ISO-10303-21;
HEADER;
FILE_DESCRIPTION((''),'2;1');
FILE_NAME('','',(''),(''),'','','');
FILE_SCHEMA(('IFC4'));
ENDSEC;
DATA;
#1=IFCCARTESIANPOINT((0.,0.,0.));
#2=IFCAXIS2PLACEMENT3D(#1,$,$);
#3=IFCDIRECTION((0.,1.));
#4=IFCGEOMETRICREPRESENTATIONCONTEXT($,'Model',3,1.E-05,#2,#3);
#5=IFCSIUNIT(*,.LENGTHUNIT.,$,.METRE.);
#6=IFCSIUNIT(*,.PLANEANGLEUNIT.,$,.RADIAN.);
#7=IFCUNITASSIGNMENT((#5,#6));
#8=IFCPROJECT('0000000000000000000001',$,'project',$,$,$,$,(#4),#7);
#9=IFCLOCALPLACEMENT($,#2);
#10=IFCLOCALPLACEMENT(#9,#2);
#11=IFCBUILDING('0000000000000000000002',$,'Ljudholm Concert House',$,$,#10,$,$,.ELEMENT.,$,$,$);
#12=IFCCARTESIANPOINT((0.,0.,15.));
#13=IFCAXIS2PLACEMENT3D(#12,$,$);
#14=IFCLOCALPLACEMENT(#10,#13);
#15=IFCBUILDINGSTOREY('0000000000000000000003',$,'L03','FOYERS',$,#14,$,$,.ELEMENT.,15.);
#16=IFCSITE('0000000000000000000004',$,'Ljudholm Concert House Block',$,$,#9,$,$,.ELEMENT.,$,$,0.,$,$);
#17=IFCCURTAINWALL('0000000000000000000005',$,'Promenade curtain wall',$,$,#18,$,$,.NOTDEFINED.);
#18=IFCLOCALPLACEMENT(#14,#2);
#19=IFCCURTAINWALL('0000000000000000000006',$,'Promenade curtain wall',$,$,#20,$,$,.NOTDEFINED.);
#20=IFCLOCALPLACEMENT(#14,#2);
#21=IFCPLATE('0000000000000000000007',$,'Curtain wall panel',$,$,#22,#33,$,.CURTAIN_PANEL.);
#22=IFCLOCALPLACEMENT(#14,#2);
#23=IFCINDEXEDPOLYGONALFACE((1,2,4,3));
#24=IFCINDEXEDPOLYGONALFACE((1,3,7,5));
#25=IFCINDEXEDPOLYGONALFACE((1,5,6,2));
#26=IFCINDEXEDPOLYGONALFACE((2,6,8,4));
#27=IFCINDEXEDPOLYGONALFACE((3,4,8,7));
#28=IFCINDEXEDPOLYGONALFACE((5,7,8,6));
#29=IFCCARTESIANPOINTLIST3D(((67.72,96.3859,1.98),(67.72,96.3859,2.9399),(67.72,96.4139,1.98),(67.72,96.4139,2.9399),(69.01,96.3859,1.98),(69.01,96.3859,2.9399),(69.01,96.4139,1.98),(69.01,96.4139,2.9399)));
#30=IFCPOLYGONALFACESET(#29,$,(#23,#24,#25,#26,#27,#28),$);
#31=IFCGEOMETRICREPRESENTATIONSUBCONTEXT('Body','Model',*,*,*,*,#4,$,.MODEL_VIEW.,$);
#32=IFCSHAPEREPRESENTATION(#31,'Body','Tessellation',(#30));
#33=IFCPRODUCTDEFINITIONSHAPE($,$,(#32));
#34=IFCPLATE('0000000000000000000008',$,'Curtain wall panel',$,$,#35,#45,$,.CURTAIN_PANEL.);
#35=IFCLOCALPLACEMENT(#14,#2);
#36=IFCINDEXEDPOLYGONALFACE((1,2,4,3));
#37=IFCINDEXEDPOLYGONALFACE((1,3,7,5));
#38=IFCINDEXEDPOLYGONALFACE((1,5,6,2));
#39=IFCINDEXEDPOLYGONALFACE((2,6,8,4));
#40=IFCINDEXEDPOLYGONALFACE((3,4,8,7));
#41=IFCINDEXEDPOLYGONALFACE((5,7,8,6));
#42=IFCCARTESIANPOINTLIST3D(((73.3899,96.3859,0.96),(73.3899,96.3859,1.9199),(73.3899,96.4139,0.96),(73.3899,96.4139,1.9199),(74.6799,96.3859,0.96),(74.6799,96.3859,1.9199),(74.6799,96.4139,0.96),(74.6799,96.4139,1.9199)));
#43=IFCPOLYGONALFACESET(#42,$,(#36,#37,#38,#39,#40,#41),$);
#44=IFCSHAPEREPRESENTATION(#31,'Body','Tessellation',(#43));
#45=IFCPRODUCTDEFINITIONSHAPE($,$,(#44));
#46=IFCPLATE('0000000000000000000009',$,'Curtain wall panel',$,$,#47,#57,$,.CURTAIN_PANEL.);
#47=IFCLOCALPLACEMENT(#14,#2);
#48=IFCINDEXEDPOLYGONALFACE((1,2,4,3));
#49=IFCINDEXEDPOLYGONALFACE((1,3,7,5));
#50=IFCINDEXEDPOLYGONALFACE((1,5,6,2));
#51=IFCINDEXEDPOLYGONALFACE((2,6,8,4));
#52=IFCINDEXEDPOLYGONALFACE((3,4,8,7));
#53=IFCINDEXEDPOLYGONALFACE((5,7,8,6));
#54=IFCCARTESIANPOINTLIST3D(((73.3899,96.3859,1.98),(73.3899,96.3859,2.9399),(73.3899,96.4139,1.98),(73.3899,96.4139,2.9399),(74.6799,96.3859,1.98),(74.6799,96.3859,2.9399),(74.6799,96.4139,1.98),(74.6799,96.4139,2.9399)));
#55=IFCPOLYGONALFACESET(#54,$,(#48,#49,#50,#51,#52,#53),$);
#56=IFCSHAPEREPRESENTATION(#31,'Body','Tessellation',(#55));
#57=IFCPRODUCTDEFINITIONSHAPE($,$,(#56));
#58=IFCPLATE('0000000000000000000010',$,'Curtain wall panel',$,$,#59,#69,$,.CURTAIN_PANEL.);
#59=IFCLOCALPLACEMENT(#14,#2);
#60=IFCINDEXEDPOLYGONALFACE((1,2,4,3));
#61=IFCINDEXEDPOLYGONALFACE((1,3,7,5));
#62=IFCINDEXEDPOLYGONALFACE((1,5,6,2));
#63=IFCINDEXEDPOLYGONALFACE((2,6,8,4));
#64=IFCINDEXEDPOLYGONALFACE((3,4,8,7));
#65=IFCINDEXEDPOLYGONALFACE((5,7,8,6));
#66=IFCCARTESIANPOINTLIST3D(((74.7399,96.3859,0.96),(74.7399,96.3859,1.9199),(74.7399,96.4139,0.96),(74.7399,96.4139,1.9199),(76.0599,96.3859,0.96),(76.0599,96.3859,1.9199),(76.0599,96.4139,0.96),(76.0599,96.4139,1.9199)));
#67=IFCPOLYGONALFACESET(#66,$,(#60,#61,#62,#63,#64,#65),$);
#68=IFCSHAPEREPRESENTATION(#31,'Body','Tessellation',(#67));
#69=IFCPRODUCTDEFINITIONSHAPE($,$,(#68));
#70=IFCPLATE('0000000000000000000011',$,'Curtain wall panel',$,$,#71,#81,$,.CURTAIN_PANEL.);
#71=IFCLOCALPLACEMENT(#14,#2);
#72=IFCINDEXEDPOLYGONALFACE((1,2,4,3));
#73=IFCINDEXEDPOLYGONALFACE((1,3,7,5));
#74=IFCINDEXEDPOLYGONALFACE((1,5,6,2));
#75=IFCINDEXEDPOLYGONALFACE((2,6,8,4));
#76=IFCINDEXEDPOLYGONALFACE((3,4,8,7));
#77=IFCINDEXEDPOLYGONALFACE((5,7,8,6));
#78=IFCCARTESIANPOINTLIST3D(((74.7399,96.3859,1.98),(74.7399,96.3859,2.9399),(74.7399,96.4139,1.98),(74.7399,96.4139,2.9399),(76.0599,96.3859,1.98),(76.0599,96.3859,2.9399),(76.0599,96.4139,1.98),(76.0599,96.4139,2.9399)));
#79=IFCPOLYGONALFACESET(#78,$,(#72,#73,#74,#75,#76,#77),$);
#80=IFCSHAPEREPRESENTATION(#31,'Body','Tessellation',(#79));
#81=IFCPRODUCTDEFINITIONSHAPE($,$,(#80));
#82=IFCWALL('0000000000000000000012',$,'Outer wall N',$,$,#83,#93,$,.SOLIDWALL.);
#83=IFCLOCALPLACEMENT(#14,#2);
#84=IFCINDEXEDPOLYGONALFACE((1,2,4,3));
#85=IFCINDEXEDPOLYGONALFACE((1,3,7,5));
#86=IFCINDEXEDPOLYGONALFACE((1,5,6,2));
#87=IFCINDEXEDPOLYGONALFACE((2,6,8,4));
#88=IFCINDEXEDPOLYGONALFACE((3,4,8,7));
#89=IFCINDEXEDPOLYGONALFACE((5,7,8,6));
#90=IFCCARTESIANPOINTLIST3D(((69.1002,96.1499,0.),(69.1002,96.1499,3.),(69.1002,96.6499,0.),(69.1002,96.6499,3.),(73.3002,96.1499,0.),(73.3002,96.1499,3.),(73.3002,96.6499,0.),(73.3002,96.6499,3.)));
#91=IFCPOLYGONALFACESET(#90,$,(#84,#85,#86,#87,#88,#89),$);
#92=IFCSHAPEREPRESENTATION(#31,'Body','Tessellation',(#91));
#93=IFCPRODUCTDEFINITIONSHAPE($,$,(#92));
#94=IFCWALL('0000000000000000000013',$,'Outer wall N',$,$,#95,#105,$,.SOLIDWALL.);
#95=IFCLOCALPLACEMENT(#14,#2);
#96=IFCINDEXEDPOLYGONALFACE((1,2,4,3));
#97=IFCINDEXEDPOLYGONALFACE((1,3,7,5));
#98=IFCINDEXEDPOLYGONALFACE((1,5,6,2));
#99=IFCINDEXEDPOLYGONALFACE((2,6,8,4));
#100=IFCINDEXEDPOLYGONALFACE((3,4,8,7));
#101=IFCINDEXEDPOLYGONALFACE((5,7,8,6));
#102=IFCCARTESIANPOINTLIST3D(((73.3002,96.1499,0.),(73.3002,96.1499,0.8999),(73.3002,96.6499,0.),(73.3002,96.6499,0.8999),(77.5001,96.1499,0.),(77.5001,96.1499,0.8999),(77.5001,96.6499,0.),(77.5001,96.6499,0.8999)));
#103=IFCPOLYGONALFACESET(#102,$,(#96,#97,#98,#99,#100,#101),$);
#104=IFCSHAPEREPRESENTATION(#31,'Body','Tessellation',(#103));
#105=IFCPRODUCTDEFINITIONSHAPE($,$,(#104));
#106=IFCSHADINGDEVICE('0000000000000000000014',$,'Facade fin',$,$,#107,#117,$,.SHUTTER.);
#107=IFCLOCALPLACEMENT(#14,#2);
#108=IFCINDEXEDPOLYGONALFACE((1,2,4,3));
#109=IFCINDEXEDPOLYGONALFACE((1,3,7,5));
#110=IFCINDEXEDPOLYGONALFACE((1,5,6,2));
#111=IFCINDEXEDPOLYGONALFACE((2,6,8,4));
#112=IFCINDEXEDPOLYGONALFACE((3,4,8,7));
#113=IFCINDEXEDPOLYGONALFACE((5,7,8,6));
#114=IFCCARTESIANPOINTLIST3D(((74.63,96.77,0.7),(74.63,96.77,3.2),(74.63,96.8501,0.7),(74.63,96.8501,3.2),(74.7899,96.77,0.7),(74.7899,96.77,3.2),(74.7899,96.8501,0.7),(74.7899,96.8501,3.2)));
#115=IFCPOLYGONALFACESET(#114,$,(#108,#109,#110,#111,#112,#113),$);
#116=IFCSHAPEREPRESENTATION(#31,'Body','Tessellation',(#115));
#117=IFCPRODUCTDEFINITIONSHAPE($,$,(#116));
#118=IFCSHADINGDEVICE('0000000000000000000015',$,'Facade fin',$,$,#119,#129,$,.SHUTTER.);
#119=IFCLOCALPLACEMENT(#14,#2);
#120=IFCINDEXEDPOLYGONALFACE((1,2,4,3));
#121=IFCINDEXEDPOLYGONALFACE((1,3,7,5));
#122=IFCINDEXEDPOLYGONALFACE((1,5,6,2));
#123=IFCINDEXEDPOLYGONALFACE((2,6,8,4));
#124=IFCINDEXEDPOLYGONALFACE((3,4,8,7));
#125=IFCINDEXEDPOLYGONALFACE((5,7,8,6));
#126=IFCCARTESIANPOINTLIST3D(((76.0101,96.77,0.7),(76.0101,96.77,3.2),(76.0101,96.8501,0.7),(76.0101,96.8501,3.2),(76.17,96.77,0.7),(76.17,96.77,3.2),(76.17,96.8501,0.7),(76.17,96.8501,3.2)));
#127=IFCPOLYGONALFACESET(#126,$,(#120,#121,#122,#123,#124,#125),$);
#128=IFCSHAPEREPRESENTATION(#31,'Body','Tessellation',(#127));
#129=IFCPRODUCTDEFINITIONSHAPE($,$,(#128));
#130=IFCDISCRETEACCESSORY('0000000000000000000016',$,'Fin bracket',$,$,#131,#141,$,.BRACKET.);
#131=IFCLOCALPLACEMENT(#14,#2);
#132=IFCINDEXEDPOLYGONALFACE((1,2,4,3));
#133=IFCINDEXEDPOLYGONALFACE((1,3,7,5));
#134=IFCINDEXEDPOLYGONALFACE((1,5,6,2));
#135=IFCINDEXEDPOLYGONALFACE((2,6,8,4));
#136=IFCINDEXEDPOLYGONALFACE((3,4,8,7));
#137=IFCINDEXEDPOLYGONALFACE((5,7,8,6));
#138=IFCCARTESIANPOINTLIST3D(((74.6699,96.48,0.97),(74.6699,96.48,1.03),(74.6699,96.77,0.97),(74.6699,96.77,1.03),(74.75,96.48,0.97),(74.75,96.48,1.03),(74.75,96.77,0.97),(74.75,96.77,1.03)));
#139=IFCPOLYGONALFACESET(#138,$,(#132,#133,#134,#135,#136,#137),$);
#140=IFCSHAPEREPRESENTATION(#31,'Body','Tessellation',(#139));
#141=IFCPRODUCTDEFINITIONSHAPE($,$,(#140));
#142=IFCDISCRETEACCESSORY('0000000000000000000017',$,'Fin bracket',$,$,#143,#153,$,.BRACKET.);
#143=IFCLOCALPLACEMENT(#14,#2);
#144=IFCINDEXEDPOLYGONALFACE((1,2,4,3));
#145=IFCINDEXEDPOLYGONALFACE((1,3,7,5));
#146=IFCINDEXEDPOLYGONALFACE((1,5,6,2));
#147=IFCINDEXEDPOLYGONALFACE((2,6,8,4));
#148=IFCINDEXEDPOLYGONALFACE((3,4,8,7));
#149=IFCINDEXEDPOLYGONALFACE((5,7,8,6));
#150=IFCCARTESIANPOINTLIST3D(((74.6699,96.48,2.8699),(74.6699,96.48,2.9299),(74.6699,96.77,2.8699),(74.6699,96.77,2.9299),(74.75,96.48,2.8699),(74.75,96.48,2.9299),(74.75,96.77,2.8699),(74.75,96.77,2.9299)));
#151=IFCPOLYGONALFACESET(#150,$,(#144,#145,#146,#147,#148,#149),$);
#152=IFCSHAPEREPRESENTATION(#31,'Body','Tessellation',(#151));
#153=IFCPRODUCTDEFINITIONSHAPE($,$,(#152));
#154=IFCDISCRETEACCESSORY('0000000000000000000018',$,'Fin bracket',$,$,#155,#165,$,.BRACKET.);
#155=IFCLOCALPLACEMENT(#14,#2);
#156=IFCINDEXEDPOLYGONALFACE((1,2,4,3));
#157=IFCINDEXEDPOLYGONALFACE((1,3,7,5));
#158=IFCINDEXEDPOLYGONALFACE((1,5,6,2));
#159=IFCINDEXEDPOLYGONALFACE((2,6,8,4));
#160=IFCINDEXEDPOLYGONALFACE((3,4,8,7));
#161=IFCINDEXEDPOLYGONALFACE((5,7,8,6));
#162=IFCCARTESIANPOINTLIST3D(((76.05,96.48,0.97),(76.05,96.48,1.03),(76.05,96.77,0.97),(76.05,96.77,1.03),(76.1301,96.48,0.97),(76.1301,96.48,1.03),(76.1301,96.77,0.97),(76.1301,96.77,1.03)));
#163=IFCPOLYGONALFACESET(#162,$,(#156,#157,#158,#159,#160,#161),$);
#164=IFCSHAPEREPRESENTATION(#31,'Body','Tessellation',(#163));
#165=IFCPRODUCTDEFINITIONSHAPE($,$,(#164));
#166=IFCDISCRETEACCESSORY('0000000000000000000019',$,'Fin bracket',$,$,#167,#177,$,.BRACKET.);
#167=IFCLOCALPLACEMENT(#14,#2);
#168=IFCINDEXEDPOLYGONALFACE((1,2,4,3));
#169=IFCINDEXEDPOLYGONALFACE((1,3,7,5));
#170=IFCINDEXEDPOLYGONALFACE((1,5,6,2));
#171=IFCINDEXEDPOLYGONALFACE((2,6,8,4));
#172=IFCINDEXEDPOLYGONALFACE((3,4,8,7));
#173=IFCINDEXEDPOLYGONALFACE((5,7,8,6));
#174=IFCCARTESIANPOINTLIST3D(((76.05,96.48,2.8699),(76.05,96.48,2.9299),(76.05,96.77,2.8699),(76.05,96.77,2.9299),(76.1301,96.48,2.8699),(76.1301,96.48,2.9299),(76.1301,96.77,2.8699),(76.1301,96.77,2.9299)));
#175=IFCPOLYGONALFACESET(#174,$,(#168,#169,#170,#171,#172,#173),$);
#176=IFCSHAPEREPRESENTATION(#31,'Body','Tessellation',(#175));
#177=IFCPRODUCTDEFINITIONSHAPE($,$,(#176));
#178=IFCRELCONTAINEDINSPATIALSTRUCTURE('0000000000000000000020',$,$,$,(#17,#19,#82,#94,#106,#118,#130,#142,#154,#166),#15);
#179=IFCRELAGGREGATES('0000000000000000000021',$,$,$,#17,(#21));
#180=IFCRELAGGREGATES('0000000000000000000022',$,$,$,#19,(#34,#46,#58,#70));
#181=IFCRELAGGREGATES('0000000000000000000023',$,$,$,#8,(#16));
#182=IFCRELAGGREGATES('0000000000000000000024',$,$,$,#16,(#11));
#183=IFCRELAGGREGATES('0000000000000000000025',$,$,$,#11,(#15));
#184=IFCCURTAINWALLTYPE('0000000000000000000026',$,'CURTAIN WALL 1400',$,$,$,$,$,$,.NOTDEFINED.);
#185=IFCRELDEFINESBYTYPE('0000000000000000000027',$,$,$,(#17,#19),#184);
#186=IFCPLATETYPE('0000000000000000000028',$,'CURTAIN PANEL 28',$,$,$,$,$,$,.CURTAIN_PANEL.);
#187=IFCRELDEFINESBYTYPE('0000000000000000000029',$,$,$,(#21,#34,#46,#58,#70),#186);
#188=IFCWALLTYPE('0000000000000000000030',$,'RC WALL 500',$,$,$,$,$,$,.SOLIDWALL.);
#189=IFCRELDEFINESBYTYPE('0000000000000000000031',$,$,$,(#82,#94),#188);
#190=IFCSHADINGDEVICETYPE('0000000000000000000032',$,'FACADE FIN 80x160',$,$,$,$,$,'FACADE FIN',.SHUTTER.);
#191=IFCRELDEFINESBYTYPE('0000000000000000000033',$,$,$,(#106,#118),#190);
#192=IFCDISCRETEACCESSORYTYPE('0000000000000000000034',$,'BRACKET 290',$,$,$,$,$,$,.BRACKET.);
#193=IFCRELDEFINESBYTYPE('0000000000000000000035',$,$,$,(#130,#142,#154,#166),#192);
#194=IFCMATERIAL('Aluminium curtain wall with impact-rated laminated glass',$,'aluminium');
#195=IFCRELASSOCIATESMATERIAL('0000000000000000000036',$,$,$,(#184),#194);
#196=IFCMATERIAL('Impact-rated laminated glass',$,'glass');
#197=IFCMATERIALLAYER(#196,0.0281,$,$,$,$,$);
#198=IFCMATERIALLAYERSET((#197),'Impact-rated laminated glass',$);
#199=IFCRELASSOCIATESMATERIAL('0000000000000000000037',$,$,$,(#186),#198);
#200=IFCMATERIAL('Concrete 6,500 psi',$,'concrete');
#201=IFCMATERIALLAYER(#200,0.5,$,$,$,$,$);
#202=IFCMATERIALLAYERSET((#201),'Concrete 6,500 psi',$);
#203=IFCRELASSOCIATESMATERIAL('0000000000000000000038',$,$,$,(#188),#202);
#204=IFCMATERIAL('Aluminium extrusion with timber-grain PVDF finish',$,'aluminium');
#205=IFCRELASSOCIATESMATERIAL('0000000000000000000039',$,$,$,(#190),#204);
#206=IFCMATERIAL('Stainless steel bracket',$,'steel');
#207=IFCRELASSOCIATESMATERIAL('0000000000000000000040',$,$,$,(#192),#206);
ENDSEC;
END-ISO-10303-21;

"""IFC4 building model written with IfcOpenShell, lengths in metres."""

from ifc_helpers import new_model, si_unit, direction, frame, frame_2d, origin, origin_2d, place, context, subcontext, project, spatial, rectangle, extrude, material, layer, layer_set, type_object, element, aggregate, save


model = new_model("IFC4")

# Units and contexts
model_context = context("Model", 3, precision=1e-05, world=origin(), true_north=direction((0.0, 1.0)))
body_context = subcontext(model_context, "Body", "Model", "MODEL_VIEW")
ifc_project = project(units=[si_unit("LENGTHUNIT", "METRE"), si_unit("PLANEANGLEUNIT", "RADIAN")], contexts=[model_context])

# Site, building, storey
site_placement = place(None, origin())
site = spatial("IfcSite", under=ifc_project, at=site_placement, Name="Ljudholm Concert House Block", CompositionType="ELEMENT", RefElevation=0.0)
building_placement = place(site_placement, origin())
building = spatial("IfcBuilding", under=site, at=building_placement, Name="Ljudholm Concert House", CompositionType="ELEMENT")
storey_placement = place(building_placement, frame((0.0, 0.0, 15.0)))
storey = spatial("IfcBuildingStorey", under=building, at=storey_placement, Name="L03", Description="FOYERS", CompositionType="ELEMENT", Elevation=15.0)

# Curtain wall
ifc_material_1 = material(Name="Aluminium curtain wall with impact-rated laminated glass", Category="aluminium")
curtain_wall_type = type_object("IfcCurtainWallType", Name="CURTAIN WALL 1400", PredefinedType="NOTDEFINED", material=ifc_material_1)
curtain_wall_1_placement = place(storey_placement, origin())
curtain_wall_1 = element("IfcCurtainWall", 1, at=curtain_wall_1_placement, inside=storey, type_object=curtain_wall_type, Name="Promenade curtain wall", PredefinedType="NOTDEFINED")

# Curtain wall
curtain_wall_2_placement = place(storey_placement, origin())
curtain_wall_2 = element("IfcCurtainWall", 2, at=curtain_wall_2_placement, inside=storey, type_object=curtain_wall_type, Name="Promenade curtain wall", PredefinedType="NOTDEFINED")

# Plates
ifc_material_2 = material(Name="Impact-rated laminated glass", Category="glass")
ifc_layer_1 = layer(ifc_material_2, 0.0281)
ifc_layer_set_1 = layer_set([ifc_layer_1], Name="Impact-rated laminated glass")
plate_type = type_object("IfcPlateType", Name="CURTAIN PANEL 28", PredefinedType="CURTAIN_PANEL", material=ifc_layer_set_1)
plate_1_placement = place(storey_placement, frame((68.365, 96.3999, 1.98), z_axis=(0.0, 0.0, 1.0), x_axis=(1.0, 0.0, 0.0)))
plate_1 = element("IfcPlate", 3, at=plate_1_placement, type_object=plate_type, Name="Curtain wall panel", PredefinedType="CURTAIN_PANEL", context=body_context, shape_type="SweptSolid", body=[
    extrude(rectangle(XDim=1.29, YDim=0.0281, at=origin_2d()), origin(), (0.0, 0.0, 1.0), 0.96),
])
aggregate(curtain_wall_1, [plate_1])
plate_2_placement = place(storey_placement, frame((74.0349, 96.3999, 0.96), z_axis=(0.0, 0.0, 1.0), x_axis=(1.0, 0.0, 0.0)))
plate_2 = element("IfcPlate", 4, at=plate_2_placement, type_object=plate_type, Name="Curtain wall panel", PredefinedType="CURTAIN_PANEL", context=body_context, shape_type="SweptSolid", body=[
    extrude(rectangle(XDim=1.29, YDim=0.0281, at=origin_2d()), origin(), (0.0, 0.0, 1.0), 0.96),
])
plate_3_placement = place(storey_placement, frame((74.0349, 96.3999, 1.98), z_axis=(0.0, 0.0, 1.0), x_axis=(1.0, 0.0, 0.0)))
plate_3 = element("IfcPlate", 5, at=plate_3_placement, type_object=plate_type, Name="Curtain wall panel", PredefinedType="CURTAIN_PANEL", context=body_context, shape_type="SweptSolid", body=[
    extrude(rectangle(XDim=1.29, YDim=0.0281, at=origin_2d()), origin(), (0.0, 0.0, 1.0), 0.96),
])
plate_4_placement = place(storey_placement, frame((75.3999, 96.3999, 0.96), z_axis=(0.0, 0.0, 1.0), x_axis=(1.0, 0.0, 0.0)))
plate_4 = element("IfcPlate", 6, at=plate_4_placement, type_object=plate_type, Name="Curtain wall panel", PredefinedType="CURTAIN_PANEL", context=body_context, shape_type="SweptSolid", body=[
    extrude(rectangle(XDim=1.3201, YDim=0.0281, at=origin_2d()), origin(), (0.0, 0.0, 1.0), 0.96),
])
plate_5_placement = place(storey_placement, frame((75.3999, 96.3999, 1.98), z_axis=(0.0, 0.0, 1.0), x_axis=(1.0, 0.0, 0.0)))
plate_5 = element("IfcPlate", 7, at=plate_5_placement, type_object=plate_type, Name="Curtain wall panel", PredefinedType="CURTAIN_PANEL", context=body_context, shape_type="SweptSolid", body=[
    extrude(rectangle(XDim=1.3201, YDim=0.0281, at=origin_2d()), origin(), (0.0, 0.0, 1.0), 0.96),
])
aggregate(curtain_wall_2, [plate_2, plate_3, plate_4, plate_5])

# Walls
ifc_material_3 = material(Name="Concrete 6,500 psi", Category="concrete")
ifc_layer_2 = layer(ifc_material_3, 0.5)
ifc_layer_set_2 = layer_set([ifc_layer_2], Name="Concrete 6,500 psi")
wall_type = type_object("IfcWallType", Name="RC WALL 500", PredefinedType="SOLIDWALL", material=ifc_layer_set_2)
wall_1_placement = place(storey_placement, frame((69.1001, 96.3999, 0.0), z_axis=(0.0, 0.0, 1.0), x_axis=(1.0, 0.0, 0.0)))
element("IfcWall", 8, at=wall_1_placement, inside=storey, type_object=wall_type, Name="Outer wall N", PredefinedType="SOLIDWALL", context=body_context, shape_type="SweptSolid", body=[
    extrude(rectangle(XDim=4.2, YDim=0.5, at=frame_2d((2.1001, 0.0))), origin(), (0.0, 0.0, 1.0), 3.0),
])
wall_2_placement = place(storey_placement, frame((73.3, 96.3999, 0.0), z_axis=(0.0, 0.0, 1.0), x_axis=(1.0, 0.0, 0.0)))
element("IfcWall", 9, at=wall_2_placement, inside=storey, type_object=wall_type, Name="Outer wall N", PredefinedType="SOLIDWALL", context=body_context, shape_type="SweptSolid", body=[
    extrude(rectangle(XDim=4.2, YDim=0.5, at=frame_2d((2.1001, 0.0))), origin(), (0.0, 0.0, 1.0), 0.8999),
])

# Shading devices
ifc_material_4 = material(Name="Aluminium extrusion with timber-grain PVDF finish", Category="aluminium")
shading_device_type = type_object("IfcShadingDeviceType", Name="FACADE FIN 80x160", ElementType="FACADE FIN", PredefinedType="SHUTTER", material=ifc_material_4)
for number, where, z_axis, x_axis, name in (
    (10, (74.71, 96.8101, 0.7), (0.0, 0.0, 1.0), (0.0, 1.0, 0.0), "Facade fin"),
    (11, (76.0901, 96.8101, 0.7), (0.0, 0.0, 1.0), (0.0, 1.0, 0.0), "Facade fin"),
):
    element("IfcShadingDevice", number, at=place(storey_placement, frame(where, z_axis=z_axis, x_axis=x_axis)), inside=storey, type_object=shading_device_type, Name=name, PredefinedType="SHUTTER", context=body_context, shape_type="SweptSolid", body=[
        extrude(rectangle(XDim=0.0801, YDim=0.1599, at=origin_2d()), origin(), (0.0, 0.0, 1.0), 2.5),
    ])

# Discrete accessories
ifc_material_5 = material(Name="Stainless steel bracket", Category="steel")
discrete_accessory_type = type_object("IfcDiscreteAccessoryType", Name="BRACKET 290", PredefinedType="BRACKET", material=ifc_material_5)
for number, where, z_axis, x_axis, name in (
    (12, (74.71, 96.625, 0.97), (0.0, 0.0, 1.0), (0.0, 1.0, 0.0), "Fin bracket"),
    (13, (74.71, 96.625, 2.8699), (0.0, 0.0, 1.0), (0.0, 1.0, 0.0), "Fin bracket"),
    (14, (76.0901, 96.625, 0.97), (0.0, 0.0, 1.0), (0.0, 1.0, 0.0), "Fin bracket"),
    (15, (76.0901, 96.625, 2.8699), (0.0, 0.0, 1.0), (0.0, 1.0, 0.0), "Fin bracket"),
):
    element("IfcDiscreteAccessory", number, at=place(storey_placement, frame(where, z_axis=z_axis, x_axis=x_axis)), inside=storey, type_object=discrete_accessory_type, Name=name, PredefinedType="BRACKET", context=body_context, shape_type="SweptSolid", body=[
        extrude(rectangle(XDim=0.29, YDim=0.0801, at=origin_2d()), origin(), (0.0, 0.0, 1.0), 0.0601),
    ])

save(model, "model.ifc")
